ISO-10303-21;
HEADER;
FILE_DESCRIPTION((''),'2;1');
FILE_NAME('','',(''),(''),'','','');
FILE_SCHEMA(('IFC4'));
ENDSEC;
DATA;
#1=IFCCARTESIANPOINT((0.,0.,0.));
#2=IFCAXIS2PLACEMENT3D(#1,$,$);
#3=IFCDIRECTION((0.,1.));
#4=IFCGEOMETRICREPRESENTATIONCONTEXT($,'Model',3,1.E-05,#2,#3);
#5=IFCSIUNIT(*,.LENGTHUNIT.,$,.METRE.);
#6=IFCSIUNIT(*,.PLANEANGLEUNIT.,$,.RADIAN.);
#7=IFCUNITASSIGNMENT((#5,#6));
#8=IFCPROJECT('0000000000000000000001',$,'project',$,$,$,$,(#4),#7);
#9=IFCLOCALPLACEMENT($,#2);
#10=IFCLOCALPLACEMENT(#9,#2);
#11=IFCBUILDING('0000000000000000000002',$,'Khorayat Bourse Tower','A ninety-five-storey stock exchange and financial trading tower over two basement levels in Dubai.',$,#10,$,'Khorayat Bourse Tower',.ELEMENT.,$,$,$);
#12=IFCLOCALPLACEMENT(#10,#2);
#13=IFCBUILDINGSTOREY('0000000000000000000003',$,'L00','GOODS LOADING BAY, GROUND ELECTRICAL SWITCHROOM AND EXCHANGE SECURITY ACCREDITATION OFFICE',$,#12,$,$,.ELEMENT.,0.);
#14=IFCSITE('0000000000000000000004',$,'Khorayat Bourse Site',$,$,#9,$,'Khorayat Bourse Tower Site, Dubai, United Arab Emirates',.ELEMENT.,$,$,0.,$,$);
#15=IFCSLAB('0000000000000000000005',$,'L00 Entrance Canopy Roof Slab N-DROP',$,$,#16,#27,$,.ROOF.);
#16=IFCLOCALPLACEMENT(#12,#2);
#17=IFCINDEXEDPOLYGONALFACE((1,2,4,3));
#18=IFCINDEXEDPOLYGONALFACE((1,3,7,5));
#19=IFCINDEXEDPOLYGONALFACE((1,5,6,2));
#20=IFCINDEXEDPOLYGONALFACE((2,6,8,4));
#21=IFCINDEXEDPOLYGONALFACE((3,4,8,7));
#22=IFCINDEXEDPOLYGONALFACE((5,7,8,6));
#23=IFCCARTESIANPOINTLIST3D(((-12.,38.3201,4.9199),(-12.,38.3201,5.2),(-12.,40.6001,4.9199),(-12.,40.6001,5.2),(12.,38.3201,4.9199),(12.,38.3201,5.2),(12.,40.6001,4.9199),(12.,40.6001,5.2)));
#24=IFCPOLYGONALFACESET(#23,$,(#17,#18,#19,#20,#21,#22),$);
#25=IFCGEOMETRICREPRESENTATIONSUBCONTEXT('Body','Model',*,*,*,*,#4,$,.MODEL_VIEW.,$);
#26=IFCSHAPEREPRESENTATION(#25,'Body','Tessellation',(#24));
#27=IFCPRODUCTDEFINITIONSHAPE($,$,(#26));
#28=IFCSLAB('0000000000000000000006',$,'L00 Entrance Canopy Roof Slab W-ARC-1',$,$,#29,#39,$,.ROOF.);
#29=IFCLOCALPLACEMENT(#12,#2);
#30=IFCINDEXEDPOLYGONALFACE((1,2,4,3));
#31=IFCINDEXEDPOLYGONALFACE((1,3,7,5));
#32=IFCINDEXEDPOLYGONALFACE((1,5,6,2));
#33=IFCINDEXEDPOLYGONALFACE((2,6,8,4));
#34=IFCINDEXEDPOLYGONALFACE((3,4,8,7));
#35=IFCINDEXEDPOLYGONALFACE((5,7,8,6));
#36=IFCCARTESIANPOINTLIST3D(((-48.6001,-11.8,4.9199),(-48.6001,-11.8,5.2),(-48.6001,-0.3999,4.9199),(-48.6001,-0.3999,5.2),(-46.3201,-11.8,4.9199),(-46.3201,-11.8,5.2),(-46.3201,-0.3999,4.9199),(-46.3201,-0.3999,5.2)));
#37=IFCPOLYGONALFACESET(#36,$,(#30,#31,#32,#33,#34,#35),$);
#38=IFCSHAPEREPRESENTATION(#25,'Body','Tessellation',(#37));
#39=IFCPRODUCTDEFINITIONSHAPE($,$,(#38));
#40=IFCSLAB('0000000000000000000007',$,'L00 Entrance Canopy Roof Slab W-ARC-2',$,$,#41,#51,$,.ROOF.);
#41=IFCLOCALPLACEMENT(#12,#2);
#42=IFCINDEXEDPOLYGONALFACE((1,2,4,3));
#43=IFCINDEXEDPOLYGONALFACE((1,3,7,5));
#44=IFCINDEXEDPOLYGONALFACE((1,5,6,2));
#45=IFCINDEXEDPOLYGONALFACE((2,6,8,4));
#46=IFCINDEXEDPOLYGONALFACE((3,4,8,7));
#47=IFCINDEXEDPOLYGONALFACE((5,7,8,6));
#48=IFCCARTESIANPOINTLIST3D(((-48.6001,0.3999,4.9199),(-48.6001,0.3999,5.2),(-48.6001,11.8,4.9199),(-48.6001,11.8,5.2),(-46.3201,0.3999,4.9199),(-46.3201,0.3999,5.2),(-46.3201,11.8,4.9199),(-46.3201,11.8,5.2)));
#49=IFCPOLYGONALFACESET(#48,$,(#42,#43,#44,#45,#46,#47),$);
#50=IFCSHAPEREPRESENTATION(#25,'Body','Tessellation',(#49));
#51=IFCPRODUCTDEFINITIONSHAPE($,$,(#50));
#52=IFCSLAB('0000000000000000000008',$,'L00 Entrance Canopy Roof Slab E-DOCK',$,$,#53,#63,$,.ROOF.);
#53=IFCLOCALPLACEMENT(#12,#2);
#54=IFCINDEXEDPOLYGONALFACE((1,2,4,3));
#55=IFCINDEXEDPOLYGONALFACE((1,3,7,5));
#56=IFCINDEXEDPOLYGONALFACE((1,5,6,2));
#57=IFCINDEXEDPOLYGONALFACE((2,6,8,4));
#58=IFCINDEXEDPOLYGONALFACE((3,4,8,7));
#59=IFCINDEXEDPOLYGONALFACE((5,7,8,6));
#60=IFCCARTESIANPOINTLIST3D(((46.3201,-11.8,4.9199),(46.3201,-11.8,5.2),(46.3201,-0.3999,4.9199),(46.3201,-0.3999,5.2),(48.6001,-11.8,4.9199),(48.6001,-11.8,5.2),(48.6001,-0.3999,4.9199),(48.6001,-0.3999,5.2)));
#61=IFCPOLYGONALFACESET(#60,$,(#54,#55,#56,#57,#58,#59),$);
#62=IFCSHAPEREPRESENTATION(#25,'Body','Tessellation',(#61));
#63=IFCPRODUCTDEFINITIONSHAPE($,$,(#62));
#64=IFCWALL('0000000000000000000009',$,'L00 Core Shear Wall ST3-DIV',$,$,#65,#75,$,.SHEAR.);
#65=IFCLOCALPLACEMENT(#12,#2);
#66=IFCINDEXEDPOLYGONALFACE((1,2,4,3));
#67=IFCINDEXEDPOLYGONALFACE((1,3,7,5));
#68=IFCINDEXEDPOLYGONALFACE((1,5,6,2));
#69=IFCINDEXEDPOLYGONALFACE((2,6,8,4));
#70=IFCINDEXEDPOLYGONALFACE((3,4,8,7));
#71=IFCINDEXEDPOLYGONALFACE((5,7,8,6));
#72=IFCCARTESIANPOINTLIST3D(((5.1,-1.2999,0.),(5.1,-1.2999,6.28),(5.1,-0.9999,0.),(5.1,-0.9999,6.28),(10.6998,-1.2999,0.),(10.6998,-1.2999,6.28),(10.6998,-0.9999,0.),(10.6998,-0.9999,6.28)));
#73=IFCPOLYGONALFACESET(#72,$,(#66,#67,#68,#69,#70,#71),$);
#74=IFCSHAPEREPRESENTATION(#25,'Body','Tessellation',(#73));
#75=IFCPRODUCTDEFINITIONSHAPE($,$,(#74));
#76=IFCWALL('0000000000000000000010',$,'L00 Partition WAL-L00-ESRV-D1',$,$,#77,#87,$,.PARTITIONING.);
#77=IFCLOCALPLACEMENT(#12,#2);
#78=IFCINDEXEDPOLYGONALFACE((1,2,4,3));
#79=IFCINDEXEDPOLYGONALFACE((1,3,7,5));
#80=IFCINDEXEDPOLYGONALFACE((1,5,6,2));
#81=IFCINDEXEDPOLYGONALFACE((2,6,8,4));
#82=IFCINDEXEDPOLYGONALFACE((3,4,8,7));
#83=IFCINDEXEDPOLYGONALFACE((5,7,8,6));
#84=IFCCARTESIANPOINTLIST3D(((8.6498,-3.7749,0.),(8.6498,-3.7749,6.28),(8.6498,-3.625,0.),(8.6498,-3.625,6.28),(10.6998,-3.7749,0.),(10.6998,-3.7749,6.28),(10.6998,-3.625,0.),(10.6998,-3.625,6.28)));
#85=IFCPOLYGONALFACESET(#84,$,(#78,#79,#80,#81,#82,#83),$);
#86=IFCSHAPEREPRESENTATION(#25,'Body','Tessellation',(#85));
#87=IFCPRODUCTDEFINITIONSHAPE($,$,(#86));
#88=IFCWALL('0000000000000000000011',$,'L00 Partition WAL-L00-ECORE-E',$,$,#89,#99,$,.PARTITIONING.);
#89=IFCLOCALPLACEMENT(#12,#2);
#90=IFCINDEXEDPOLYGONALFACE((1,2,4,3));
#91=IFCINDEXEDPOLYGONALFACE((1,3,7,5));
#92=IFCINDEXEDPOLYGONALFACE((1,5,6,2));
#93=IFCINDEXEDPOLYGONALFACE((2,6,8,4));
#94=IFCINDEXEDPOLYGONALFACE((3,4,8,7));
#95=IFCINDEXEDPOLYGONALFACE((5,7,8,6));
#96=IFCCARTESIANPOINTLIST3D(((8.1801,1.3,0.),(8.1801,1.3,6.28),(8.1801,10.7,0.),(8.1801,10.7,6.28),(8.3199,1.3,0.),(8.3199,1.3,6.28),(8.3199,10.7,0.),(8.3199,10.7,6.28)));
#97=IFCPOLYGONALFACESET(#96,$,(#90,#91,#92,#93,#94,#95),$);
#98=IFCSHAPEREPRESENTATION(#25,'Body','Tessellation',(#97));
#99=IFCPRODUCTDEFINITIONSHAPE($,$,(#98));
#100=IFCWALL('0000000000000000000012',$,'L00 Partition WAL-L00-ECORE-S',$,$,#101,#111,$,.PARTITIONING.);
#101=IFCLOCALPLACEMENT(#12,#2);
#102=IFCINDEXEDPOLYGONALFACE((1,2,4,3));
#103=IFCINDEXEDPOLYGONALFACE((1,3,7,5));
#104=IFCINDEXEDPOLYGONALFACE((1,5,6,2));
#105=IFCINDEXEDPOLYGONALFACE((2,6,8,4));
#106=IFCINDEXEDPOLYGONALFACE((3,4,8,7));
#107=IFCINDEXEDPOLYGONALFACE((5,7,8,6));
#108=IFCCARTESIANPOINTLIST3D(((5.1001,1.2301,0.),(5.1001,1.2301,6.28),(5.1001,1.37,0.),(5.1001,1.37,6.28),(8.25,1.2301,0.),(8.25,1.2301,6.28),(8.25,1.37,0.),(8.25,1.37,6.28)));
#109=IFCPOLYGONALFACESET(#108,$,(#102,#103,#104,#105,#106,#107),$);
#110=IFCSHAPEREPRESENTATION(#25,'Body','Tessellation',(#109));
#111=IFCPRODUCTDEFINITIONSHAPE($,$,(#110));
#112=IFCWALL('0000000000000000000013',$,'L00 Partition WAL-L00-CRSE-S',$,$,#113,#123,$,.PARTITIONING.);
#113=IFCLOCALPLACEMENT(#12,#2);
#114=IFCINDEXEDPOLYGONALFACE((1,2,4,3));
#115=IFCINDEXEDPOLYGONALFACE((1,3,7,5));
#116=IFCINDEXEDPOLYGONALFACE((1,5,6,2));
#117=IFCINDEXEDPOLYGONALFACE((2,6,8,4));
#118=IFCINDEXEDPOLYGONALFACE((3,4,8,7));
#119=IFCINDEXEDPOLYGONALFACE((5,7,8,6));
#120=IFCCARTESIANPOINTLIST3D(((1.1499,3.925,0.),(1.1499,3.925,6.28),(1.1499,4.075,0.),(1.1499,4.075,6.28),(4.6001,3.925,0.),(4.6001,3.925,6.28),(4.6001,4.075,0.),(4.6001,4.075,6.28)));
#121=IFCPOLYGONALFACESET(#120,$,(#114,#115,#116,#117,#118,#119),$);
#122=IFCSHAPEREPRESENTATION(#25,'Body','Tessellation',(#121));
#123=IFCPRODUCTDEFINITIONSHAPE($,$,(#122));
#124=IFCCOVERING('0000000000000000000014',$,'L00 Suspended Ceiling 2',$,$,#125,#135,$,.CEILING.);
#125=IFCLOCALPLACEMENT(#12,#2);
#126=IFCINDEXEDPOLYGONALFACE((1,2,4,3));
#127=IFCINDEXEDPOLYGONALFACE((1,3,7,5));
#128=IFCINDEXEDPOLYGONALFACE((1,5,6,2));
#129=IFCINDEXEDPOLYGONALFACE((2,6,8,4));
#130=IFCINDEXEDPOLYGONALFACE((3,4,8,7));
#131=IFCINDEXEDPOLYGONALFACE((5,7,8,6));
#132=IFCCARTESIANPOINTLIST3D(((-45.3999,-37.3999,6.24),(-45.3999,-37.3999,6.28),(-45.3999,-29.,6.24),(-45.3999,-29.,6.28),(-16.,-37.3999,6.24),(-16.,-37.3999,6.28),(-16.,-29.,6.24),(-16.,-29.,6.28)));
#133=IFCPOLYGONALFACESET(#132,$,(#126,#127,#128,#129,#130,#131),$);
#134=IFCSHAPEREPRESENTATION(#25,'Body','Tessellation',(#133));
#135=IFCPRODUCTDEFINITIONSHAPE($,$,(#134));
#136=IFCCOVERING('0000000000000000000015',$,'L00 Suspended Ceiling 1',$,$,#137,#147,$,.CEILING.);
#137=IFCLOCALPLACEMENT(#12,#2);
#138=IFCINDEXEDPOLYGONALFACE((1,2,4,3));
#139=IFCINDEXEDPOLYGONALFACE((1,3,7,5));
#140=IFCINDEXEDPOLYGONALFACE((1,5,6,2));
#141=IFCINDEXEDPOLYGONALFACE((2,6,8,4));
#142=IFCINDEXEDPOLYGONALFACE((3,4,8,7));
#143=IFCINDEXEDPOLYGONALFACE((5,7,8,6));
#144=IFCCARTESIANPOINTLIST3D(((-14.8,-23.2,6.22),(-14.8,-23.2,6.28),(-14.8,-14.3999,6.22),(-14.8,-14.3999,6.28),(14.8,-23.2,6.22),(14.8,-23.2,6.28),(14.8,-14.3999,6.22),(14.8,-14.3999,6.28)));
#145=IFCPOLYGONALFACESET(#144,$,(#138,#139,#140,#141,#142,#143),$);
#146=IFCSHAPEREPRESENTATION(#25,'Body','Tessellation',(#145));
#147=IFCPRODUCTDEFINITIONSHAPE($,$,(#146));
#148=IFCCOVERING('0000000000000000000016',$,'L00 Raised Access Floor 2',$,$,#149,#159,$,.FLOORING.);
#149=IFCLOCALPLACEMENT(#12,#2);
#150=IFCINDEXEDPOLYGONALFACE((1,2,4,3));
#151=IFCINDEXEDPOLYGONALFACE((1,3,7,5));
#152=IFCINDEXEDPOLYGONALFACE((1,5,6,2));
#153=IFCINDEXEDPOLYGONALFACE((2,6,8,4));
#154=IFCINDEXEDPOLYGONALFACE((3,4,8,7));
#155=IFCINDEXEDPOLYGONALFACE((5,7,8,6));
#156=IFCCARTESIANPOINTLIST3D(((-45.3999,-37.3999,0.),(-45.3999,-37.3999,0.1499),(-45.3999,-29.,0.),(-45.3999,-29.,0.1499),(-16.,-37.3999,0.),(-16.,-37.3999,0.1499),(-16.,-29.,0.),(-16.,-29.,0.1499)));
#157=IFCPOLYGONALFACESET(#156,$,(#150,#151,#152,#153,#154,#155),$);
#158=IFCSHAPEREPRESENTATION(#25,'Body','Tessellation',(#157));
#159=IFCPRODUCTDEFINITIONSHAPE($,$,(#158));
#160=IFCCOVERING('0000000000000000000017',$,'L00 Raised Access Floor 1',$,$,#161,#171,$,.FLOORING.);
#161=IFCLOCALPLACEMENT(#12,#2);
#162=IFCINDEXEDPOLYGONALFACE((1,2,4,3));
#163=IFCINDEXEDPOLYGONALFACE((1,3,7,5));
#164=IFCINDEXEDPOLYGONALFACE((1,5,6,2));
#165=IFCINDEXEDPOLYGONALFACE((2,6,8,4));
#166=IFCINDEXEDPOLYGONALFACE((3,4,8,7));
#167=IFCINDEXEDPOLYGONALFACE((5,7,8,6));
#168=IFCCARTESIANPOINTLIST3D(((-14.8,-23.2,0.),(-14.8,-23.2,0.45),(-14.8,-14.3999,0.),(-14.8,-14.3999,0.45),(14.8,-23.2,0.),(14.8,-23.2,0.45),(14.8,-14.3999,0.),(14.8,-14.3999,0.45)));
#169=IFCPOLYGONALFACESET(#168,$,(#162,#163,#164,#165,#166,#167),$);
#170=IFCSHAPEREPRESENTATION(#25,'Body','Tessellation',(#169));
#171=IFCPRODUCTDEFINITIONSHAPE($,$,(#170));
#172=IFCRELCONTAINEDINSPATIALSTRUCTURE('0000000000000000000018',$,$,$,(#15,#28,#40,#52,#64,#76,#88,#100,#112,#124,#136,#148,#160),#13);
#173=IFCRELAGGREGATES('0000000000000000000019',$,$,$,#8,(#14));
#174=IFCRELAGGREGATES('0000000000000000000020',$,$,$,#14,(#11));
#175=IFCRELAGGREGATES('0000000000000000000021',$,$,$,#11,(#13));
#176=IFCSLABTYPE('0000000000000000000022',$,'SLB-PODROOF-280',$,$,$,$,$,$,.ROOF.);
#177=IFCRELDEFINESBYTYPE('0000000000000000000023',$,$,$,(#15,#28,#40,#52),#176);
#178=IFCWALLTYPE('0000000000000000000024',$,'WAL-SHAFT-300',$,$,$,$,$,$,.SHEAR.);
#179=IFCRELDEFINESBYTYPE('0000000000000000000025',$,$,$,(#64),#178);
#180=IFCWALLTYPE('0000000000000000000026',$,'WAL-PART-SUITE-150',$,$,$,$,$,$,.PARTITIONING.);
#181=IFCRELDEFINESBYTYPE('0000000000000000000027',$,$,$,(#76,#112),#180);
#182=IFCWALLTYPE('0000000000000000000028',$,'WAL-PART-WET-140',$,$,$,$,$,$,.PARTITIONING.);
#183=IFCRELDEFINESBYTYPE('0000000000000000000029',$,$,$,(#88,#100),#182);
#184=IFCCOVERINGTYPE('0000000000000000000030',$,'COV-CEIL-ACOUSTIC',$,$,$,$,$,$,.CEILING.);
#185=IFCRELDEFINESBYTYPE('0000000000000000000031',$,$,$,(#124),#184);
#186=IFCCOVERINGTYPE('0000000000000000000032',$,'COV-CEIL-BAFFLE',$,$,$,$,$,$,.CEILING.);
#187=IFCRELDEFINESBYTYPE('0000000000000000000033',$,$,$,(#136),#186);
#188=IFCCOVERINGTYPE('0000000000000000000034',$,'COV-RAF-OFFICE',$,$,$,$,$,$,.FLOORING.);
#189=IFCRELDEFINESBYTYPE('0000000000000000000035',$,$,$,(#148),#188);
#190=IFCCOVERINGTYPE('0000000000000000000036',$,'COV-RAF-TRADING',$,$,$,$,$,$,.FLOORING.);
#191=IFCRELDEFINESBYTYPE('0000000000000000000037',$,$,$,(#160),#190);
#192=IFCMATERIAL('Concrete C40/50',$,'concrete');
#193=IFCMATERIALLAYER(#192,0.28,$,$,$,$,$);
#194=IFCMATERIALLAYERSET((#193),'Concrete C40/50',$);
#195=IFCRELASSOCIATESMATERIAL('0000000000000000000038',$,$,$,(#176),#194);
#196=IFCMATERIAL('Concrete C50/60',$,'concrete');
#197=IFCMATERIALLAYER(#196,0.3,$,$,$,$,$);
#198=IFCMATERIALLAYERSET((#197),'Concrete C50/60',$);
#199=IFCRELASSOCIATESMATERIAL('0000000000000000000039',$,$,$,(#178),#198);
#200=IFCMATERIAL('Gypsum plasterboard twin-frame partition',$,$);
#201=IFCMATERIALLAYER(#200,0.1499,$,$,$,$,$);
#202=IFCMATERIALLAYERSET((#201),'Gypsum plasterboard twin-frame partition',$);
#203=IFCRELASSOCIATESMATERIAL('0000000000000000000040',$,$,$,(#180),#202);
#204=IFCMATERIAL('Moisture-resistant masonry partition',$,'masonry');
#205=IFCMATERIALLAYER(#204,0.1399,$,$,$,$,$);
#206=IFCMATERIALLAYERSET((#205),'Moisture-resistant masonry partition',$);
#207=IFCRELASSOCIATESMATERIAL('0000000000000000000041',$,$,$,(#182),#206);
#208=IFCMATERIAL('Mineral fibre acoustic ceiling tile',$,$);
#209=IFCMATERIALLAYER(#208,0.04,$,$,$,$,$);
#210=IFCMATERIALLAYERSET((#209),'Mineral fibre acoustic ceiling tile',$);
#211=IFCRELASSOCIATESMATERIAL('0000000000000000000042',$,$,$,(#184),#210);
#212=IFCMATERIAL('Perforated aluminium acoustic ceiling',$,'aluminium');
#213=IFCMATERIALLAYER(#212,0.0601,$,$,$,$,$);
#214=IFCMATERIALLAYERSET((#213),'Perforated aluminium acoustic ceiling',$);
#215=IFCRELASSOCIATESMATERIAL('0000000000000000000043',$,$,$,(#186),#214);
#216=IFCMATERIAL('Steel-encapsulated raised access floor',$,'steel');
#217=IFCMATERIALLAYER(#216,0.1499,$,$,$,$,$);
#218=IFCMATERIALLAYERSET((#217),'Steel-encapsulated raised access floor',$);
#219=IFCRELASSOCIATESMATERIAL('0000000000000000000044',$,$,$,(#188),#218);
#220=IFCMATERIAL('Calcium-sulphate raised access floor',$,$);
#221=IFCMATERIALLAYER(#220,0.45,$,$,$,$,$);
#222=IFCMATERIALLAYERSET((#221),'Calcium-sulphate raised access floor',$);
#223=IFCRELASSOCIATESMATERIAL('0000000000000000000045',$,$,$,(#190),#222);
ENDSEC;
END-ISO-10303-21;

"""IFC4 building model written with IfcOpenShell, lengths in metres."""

from ifc_helpers import new_model, si_unit, direction, frame, frame_2d, origin, place, context, subcontext, project, spatial, polyline, rectangle, outline, extrude, source, transform, mapped, material, layer, layer_set, type_object, element, save


model = new_model("IFC4")

# Units and contexts
model_context = context("Model", 3, precision=1e-05, world=origin(), true_north=direction((0.0, 1.0)))
body_context = subcontext(model_context, "Body", "Model", "MODEL_VIEW")
ifc_project = project(units=[si_unit("LENGTHUNIT", "METRE"), si_unit("PLANEANGLEUNIT", "RADIAN")], contexts=[model_context])

# Site, building, storey
site_placement = place(None, origin())
site = spatial("IfcSite", under=ifc_project, at=site_placement, Name="Khorayat Bourse Site", LongName="Khorayat Bourse Tower Site, Dubai, United Arab Emirates", CompositionType="ELEMENT", RefElevation=0.0)
building_placement = place(site_placement, origin())
building = spatial("IfcBuilding", under=site, at=building_placement, Name="Khorayat Bourse Tower", Description="A ninety-five-storey stock exchange and financial trading tower over two basement levels in Dubai.", LongName="Khorayat Bourse Tower", CompositionType="ELEMENT")
storey_placement = place(building_placement, origin())
storey = spatial("IfcBuildingStorey", under=building, at=storey_placement, Name="L00", Description="GOODS LOADING BAY, GROUND ELECTRICAL SWITCHROOM AND EXCHANGE SECURITY ACCREDITATION OFFICE", CompositionType="ELEMENT", Elevation=0.0)

# Shared definitions
ifc_material_1 = material(Name="Concrete C40/50", Category="concrete")

# Slabs
ifc_layer_1 = layer(ifc_material_1, 0.28)
ifc_layer_set_1 = layer_set([ifc_layer_1], Name="Concrete C40/50")
slab_type_1 = type_object("IfcSlabType", Name="SLB-PODROOF-280", PredefinedType="ROOF", material=ifc_layer_set_1)
slab_1_placement = place(storey_placement, frame((0.0, 0.0, 4.9199)))
element("IfcSlab", 1, at=slab_1_placement, inside=storey, type_object=slab_type_1, Name="L00 Entrance Canopy Roof Slab N-DROP", PredefinedType="ROOF", context=body_context, shape_type="SweptSolid", body=[
    extrude(outline(polyline([(-12.0, 38.3201), (12.0, 38.3201), (12.0, 40.6001), (-12.0, 40.6001), (-12.0, 38.3201)])), origin(), (0.0, 0.0, 1.0), 0.28),
])
slab_2_placement = place(storey_placement, frame((0.0, 0.0, 4.9199)))
element("IfcSlab", 2, at=slab_2_placement, inside=storey, type_object=slab_type_1, Name="L00 Entrance Canopy Roof Slab W-ARC-1", PredefinedType="ROOF", context=body_context, shape_type="SweptSolid", body=[
    extrude(outline(polyline([(-48.6001, -11.8), (-46.3201, -11.8), (-46.3201, -0.3999), (-48.6001, -0.3999), (-48.6001, -11.8)])), origin(), (0.0, 0.0, 1.0), 0.28),
])
slab_3_placement = place(storey_placement, frame((0.0, 0.0, 4.9199)))
element("IfcSlab", 3, at=slab_3_placement, inside=storey, type_object=slab_type_1, Name="L00 Entrance Canopy Roof Slab W-ARC-2", PredefinedType="ROOF", context=body_context, shape_type="SweptSolid", body=[
    extrude(outline(polyline([(-48.6001, 0.3999), (-46.3201, 0.3999), (-46.3201, 11.8), (-48.6001, 11.8), (-48.6001, 0.3999)])), origin(), (0.0, 0.0, 1.0), 0.28),
])
slab_4_placement = place(storey_placement, frame((0.0, 0.0, 4.9199)))
element("IfcSlab", 4, at=slab_4_placement, inside=storey, type_object=slab_type_1, Name="L00 Entrance Canopy Roof Slab E-DOCK", PredefinedType="ROOF", context=body_context, shape_type="SweptSolid", body=[
    extrude(outline(polyline([(46.3201, -11.8), (48.6001, -11.8), (48.6001, -0.3999), (46.3201, -0.3999), (46.3201, -11.8)])), origin(), (0.0, 0.0, 1.0), 0.28),
])

# Walls
ifc_material_2 = material(Name="Concrete C50/60", Category="concrete")
ifc_layer_2 = layer(ifc_material_2, 0.3)
ifc_layer_set_2 = layer_set([ifc_layer_2], Name="Concrete C50/60")
wall_type_1 = type_object("IfcWallType", Name="WAL-SHAFT-300", PredefinedType="SHEAR", material=ifc_layer_set_2)
shared_shape_1 = source(origin(), body_context, "Body", "SweptSolid", [
    extrude(rectangle(XDim=5.5999, YDim=0.3, at=frame_2d((2.7998, 0.0))), origin(), (0.0, 0.0, 1.0), 6.28),
])
wall_1_placement = place(storey_placement, frame((5.1001, -1.1499, 0.0), z_axis=(0.0, 0.0, 1.0), x_axis=(1.0, 0.0, 0.0)))
element("IfcWall", 5, at=wall_1_placement, inside=storey, type_object=wall_type_1, Name="L00 Core Shear Wall ST3-DIV", PredefinedType="SHEAR", context=body_context, shape_type="MappedRepresentation", body=[
    mapped(shared_shape_1, transform((0.0, 0.0, 0.0), scale=1.0)),
])
ifc_material_3 = material(Name="Gypsum plasterboard twin-frame partition")
ifc_layer_3 = layer(ifc_material_3, 0.1499)
ifc_layer_set_3 = layer_set([ifc_layer_3], Name="Gypsum plasterboard twin-frame partition")
wall_type_2 = type_object("IfcWallType", Name="WAL-PART-SUITE-150", PredefinedType="PARTITIONING", material=ifc_layer_set_3)
shared_shape_2 = source(origin(), body_context, "Body", "SweptSolid", [
    extrude(rectangle(XDim=2.05, YDim=0.1499, at=frame_2d((1.0249, 0.0))), origin(), (0.0, 0.0, 1.0), 6.28),
])
wall_2_placement = place(storey_placement, frame((8.6499, -3.7, 0.0), z_axis=(0.0, 0.0, 1.0), x_axis=(1.0, 0.0, 0.0)))
element("IfcWall", 6, at=wall_2_placement, inside=storey, type_object=wall_type_2, Name="L00 Partition WAL-L00-ESRV-D1", PredefinedType="PARTITIONING", context=body_context, shape_type="MappedRepresentation", body=[
    mapped(shared_shape_2, transform((0.0, 0.0, 0.0), scale=1.0)),
])
ifc_material_4 = material(Name="Moisture-resistant masonry partition", Category="masonry")
ifc_layer_4 = layer(ifc_material_4, 0.1399)
ifc_layer_set_4 = layer_set([ifc_layer_4], Name="Moisture-resistant masonry partition")
wall_type_3 = type_object("IfcWallType", Name="WAL-PART-WET-140", PredefinedType="PARTITIONING", material=ifc_layer_set_4)
shared_shape_3 = source(origin(), body_context, "Body", "SweptSolid", [
    extrude(rectangle(XDim=9.3999, YDim=0.1399, at=frame_2d((4.7, 0.0))), origin(), (0.0, 0.0, 1.0), 6.28),
])
wall_3_placement = place(storey_placement, frame((8.25, 1.3, 0.0), z_axis=(0.0, 0.0, 1.0), x_axis=(0.0, 1.0, 0.0)))
element("IfcWall", 7, at=wall_3_placement, inside=storey, type_object=wall_type_3, Name="L00 Partition WAL-L00-ECORE-E", PredefinedType="PARTITIONING", context=body_context, shape_type="MappedRepresentation", body=[
    mapped(shared_shape_3, transform((0.0, 0.0, 0.0), scale=1.0)),
])
shared_shape_4 = source(origin(), body_context, "Body", "SweptSolid", [
    extrude(rectangle(XDim=3.1499, YDim=0.1399, at=frame_2d((1.575, 0.0))), origin(), (0.0, 0.0, 1.0), 6.28),
])
wall_4_placement = place(storey_placement, frame((5.1001, 1.3, 0.0), z_axis=(0.0, 0.0, 1.0), x_axis=(1.0, 0.0, 0.0)))
element("IfcWall", 8, at=wall_4_placement, inside=storey, type_object=wall_type_3, Name="L00 Partition WAL-L00-ECORE-S", PredefinedType="PARTITIONING", context=body_context, shape_type="MappedRepresentation", body=[
    mapped(shared_shape_4, transform((0.0, 0.0, 0.0), scale=1.0)),
])
shared_shape_5 = source(origin(), body_context, "Body", "SweptSolid", [
    extrude(rectangle(XDim=3.4502, YDim=0.1499, at=frame_2d((1.7251, 0.0))), origin(), (0.0, 0.0, 1.0), 6.28),
])
wall_5_placement = place(storey_placement, frame((1.1499, 4.0, 0.0), z_axis=(0.0, 0.0, 1.0), x_axis=(1.0, 0.0, 0.0)))
element("IfcWall", 9, at=wall_5_placement, inside=storey, type_object=wall_type_2, Name="L00 Partition WAL-L00-CRSE-S", PredefinedType="PARTITIONING", context=body_context, shape_type="MappedRepresentation", body=[
    mapped(shared_shape_5, transform((0.0, 0.0, 0.0), scale=1.0)),
])

# Coverings
ifc_material_5 = material(Name="Mineral fibre acoustic ceiling tile")
ifc_layer_5 = layer(ifc_material_5, 0.04)
ifc_layer_set_5 = layer_set([ifc_layer_5], Name="Mineral fibre acoustic ceiling tile")
covering_type_1 = type_object("IfcCoveringType", Name="COV-CEIL-ACOUSTIC", PredefinedType="CEILING", material=ifc_layer_set_5)
covering_1_placement = place(storey_placement, frame((0.0, 0.0, 6.24)))
element("IfcCovering", 10, at=covering_1_placement, inside=storey, type_object=covering_type_1, Name="L00 Suspended Ceiling 2", PredefinedType="CEILING", context=body_context, shape_type="SweptSolid", body=[
    extrude(outline(polyline([(-45.3999, -37.3999), (-16.0, -37.3999), (-16.0, -29.0), (-45.3999, -29.0), (-45.3999, -37.3999)])), origin(), (0.0, 0.0, 1.0), 0.04),
])
ifc_material_6 = material(Name="Perforated aluminium acoustic ceiling", Category="aluminium")
ifc_layer_6 = layer(ifc_material_6, 0.0601)
ifc_layer_set_6 = layer_set([ifc_layer_6], Name="Perforated aluminium acoustic ceiling")
covering_type_2 = type_object("IfcCoveringType", Name="COV-CEIL-BAFFLE", PredefinedType="CEILING", material=ifc_layer_set_6)
covering_2_placement = place(storey_placement, frame((0.0, 0.0, 6.22)))
element("IfcCovering", 11, at=covering_2_placement, inside=storey, type_object=covering_type_2, Name="L00 Suspended Ceiling 1", PredefinedType="CEILING", context=body_context, shape_type="SweptSolid", body=[
    extrude(outline(polyline([(-14.8, -23.2), (14.8, -23.2), (14.8, -14.3999), (-14.8, -14.3999), (-14.8, -23.2)])), origin(), (0.0, 0.0, 1.0), 0.0601),
])
ifc_material_7 = material(Name="Steel-encapsulated raised access floor", Category="steel")
ifc_layer_7 = layer(ifc_material_7, 0.1499)
ifc_layer_set_7 = layer_set([ifc_layer_7], Name="Steel-encapsulated raised access floor")
covering_type_3 = type_object("IfcCoveringType", Name="COV-RAF-OFFICE", PredefinedType="FLOORING", material=ifc_layer_set_7)
covering_3_placement = place(storey_placement, origin())
element("IfcCovering", 12, at=covering_3_placement, inside=storey, type_object=covering_type_3, Name="L00 Raised Access Floor 2", PredefinedType="FLOORING", context=body_context, shape_type="SweptSolid", body=[
    extrude(outline(polyline([(-45.3999, -37.3999), (-16.0, -37.3999), (-16.0, -29.0), (-45.3999, -29.0), (-45.3999, -37.3999)])), origin(), (0.0, 0.0, 1.0), 0.1499),
])
ifc_material_8 = material(Name="Calcium-sulphate raised access floor")
ifc_layer_8 = layer(ifc_material_8, 0.45)
ifc_layer_set_8 = layer_set([ifc_layer_8], Name="Calcium-sulphate raised access floor")
covering_type_4 = type_object("IfcCoveringType", Name="COV-RAF-TRADING", PredefinedType="FLOORING", material=ifc_layer_set_8)
covering_4_placement = place(storey_placement, origin())
element("IfcCovering", 13, at=covering_4_placement, inside=storey, type_object=covering_type_4, Name="L00 Raised Access Floor 1", PredefinedType="FLOORING", context=body_context, shape_type="SweptSolid", body=[
    extrude(outline(polyline([(-14.8, -23.2), (14.8, -23.2), (14.8, -14.3999), (-14.8, -14.3999), (-14.8, -23.2)])), origin(), (0.0, 0.0, 1.0), 0.45),
])

save(model, "model.ifc")
